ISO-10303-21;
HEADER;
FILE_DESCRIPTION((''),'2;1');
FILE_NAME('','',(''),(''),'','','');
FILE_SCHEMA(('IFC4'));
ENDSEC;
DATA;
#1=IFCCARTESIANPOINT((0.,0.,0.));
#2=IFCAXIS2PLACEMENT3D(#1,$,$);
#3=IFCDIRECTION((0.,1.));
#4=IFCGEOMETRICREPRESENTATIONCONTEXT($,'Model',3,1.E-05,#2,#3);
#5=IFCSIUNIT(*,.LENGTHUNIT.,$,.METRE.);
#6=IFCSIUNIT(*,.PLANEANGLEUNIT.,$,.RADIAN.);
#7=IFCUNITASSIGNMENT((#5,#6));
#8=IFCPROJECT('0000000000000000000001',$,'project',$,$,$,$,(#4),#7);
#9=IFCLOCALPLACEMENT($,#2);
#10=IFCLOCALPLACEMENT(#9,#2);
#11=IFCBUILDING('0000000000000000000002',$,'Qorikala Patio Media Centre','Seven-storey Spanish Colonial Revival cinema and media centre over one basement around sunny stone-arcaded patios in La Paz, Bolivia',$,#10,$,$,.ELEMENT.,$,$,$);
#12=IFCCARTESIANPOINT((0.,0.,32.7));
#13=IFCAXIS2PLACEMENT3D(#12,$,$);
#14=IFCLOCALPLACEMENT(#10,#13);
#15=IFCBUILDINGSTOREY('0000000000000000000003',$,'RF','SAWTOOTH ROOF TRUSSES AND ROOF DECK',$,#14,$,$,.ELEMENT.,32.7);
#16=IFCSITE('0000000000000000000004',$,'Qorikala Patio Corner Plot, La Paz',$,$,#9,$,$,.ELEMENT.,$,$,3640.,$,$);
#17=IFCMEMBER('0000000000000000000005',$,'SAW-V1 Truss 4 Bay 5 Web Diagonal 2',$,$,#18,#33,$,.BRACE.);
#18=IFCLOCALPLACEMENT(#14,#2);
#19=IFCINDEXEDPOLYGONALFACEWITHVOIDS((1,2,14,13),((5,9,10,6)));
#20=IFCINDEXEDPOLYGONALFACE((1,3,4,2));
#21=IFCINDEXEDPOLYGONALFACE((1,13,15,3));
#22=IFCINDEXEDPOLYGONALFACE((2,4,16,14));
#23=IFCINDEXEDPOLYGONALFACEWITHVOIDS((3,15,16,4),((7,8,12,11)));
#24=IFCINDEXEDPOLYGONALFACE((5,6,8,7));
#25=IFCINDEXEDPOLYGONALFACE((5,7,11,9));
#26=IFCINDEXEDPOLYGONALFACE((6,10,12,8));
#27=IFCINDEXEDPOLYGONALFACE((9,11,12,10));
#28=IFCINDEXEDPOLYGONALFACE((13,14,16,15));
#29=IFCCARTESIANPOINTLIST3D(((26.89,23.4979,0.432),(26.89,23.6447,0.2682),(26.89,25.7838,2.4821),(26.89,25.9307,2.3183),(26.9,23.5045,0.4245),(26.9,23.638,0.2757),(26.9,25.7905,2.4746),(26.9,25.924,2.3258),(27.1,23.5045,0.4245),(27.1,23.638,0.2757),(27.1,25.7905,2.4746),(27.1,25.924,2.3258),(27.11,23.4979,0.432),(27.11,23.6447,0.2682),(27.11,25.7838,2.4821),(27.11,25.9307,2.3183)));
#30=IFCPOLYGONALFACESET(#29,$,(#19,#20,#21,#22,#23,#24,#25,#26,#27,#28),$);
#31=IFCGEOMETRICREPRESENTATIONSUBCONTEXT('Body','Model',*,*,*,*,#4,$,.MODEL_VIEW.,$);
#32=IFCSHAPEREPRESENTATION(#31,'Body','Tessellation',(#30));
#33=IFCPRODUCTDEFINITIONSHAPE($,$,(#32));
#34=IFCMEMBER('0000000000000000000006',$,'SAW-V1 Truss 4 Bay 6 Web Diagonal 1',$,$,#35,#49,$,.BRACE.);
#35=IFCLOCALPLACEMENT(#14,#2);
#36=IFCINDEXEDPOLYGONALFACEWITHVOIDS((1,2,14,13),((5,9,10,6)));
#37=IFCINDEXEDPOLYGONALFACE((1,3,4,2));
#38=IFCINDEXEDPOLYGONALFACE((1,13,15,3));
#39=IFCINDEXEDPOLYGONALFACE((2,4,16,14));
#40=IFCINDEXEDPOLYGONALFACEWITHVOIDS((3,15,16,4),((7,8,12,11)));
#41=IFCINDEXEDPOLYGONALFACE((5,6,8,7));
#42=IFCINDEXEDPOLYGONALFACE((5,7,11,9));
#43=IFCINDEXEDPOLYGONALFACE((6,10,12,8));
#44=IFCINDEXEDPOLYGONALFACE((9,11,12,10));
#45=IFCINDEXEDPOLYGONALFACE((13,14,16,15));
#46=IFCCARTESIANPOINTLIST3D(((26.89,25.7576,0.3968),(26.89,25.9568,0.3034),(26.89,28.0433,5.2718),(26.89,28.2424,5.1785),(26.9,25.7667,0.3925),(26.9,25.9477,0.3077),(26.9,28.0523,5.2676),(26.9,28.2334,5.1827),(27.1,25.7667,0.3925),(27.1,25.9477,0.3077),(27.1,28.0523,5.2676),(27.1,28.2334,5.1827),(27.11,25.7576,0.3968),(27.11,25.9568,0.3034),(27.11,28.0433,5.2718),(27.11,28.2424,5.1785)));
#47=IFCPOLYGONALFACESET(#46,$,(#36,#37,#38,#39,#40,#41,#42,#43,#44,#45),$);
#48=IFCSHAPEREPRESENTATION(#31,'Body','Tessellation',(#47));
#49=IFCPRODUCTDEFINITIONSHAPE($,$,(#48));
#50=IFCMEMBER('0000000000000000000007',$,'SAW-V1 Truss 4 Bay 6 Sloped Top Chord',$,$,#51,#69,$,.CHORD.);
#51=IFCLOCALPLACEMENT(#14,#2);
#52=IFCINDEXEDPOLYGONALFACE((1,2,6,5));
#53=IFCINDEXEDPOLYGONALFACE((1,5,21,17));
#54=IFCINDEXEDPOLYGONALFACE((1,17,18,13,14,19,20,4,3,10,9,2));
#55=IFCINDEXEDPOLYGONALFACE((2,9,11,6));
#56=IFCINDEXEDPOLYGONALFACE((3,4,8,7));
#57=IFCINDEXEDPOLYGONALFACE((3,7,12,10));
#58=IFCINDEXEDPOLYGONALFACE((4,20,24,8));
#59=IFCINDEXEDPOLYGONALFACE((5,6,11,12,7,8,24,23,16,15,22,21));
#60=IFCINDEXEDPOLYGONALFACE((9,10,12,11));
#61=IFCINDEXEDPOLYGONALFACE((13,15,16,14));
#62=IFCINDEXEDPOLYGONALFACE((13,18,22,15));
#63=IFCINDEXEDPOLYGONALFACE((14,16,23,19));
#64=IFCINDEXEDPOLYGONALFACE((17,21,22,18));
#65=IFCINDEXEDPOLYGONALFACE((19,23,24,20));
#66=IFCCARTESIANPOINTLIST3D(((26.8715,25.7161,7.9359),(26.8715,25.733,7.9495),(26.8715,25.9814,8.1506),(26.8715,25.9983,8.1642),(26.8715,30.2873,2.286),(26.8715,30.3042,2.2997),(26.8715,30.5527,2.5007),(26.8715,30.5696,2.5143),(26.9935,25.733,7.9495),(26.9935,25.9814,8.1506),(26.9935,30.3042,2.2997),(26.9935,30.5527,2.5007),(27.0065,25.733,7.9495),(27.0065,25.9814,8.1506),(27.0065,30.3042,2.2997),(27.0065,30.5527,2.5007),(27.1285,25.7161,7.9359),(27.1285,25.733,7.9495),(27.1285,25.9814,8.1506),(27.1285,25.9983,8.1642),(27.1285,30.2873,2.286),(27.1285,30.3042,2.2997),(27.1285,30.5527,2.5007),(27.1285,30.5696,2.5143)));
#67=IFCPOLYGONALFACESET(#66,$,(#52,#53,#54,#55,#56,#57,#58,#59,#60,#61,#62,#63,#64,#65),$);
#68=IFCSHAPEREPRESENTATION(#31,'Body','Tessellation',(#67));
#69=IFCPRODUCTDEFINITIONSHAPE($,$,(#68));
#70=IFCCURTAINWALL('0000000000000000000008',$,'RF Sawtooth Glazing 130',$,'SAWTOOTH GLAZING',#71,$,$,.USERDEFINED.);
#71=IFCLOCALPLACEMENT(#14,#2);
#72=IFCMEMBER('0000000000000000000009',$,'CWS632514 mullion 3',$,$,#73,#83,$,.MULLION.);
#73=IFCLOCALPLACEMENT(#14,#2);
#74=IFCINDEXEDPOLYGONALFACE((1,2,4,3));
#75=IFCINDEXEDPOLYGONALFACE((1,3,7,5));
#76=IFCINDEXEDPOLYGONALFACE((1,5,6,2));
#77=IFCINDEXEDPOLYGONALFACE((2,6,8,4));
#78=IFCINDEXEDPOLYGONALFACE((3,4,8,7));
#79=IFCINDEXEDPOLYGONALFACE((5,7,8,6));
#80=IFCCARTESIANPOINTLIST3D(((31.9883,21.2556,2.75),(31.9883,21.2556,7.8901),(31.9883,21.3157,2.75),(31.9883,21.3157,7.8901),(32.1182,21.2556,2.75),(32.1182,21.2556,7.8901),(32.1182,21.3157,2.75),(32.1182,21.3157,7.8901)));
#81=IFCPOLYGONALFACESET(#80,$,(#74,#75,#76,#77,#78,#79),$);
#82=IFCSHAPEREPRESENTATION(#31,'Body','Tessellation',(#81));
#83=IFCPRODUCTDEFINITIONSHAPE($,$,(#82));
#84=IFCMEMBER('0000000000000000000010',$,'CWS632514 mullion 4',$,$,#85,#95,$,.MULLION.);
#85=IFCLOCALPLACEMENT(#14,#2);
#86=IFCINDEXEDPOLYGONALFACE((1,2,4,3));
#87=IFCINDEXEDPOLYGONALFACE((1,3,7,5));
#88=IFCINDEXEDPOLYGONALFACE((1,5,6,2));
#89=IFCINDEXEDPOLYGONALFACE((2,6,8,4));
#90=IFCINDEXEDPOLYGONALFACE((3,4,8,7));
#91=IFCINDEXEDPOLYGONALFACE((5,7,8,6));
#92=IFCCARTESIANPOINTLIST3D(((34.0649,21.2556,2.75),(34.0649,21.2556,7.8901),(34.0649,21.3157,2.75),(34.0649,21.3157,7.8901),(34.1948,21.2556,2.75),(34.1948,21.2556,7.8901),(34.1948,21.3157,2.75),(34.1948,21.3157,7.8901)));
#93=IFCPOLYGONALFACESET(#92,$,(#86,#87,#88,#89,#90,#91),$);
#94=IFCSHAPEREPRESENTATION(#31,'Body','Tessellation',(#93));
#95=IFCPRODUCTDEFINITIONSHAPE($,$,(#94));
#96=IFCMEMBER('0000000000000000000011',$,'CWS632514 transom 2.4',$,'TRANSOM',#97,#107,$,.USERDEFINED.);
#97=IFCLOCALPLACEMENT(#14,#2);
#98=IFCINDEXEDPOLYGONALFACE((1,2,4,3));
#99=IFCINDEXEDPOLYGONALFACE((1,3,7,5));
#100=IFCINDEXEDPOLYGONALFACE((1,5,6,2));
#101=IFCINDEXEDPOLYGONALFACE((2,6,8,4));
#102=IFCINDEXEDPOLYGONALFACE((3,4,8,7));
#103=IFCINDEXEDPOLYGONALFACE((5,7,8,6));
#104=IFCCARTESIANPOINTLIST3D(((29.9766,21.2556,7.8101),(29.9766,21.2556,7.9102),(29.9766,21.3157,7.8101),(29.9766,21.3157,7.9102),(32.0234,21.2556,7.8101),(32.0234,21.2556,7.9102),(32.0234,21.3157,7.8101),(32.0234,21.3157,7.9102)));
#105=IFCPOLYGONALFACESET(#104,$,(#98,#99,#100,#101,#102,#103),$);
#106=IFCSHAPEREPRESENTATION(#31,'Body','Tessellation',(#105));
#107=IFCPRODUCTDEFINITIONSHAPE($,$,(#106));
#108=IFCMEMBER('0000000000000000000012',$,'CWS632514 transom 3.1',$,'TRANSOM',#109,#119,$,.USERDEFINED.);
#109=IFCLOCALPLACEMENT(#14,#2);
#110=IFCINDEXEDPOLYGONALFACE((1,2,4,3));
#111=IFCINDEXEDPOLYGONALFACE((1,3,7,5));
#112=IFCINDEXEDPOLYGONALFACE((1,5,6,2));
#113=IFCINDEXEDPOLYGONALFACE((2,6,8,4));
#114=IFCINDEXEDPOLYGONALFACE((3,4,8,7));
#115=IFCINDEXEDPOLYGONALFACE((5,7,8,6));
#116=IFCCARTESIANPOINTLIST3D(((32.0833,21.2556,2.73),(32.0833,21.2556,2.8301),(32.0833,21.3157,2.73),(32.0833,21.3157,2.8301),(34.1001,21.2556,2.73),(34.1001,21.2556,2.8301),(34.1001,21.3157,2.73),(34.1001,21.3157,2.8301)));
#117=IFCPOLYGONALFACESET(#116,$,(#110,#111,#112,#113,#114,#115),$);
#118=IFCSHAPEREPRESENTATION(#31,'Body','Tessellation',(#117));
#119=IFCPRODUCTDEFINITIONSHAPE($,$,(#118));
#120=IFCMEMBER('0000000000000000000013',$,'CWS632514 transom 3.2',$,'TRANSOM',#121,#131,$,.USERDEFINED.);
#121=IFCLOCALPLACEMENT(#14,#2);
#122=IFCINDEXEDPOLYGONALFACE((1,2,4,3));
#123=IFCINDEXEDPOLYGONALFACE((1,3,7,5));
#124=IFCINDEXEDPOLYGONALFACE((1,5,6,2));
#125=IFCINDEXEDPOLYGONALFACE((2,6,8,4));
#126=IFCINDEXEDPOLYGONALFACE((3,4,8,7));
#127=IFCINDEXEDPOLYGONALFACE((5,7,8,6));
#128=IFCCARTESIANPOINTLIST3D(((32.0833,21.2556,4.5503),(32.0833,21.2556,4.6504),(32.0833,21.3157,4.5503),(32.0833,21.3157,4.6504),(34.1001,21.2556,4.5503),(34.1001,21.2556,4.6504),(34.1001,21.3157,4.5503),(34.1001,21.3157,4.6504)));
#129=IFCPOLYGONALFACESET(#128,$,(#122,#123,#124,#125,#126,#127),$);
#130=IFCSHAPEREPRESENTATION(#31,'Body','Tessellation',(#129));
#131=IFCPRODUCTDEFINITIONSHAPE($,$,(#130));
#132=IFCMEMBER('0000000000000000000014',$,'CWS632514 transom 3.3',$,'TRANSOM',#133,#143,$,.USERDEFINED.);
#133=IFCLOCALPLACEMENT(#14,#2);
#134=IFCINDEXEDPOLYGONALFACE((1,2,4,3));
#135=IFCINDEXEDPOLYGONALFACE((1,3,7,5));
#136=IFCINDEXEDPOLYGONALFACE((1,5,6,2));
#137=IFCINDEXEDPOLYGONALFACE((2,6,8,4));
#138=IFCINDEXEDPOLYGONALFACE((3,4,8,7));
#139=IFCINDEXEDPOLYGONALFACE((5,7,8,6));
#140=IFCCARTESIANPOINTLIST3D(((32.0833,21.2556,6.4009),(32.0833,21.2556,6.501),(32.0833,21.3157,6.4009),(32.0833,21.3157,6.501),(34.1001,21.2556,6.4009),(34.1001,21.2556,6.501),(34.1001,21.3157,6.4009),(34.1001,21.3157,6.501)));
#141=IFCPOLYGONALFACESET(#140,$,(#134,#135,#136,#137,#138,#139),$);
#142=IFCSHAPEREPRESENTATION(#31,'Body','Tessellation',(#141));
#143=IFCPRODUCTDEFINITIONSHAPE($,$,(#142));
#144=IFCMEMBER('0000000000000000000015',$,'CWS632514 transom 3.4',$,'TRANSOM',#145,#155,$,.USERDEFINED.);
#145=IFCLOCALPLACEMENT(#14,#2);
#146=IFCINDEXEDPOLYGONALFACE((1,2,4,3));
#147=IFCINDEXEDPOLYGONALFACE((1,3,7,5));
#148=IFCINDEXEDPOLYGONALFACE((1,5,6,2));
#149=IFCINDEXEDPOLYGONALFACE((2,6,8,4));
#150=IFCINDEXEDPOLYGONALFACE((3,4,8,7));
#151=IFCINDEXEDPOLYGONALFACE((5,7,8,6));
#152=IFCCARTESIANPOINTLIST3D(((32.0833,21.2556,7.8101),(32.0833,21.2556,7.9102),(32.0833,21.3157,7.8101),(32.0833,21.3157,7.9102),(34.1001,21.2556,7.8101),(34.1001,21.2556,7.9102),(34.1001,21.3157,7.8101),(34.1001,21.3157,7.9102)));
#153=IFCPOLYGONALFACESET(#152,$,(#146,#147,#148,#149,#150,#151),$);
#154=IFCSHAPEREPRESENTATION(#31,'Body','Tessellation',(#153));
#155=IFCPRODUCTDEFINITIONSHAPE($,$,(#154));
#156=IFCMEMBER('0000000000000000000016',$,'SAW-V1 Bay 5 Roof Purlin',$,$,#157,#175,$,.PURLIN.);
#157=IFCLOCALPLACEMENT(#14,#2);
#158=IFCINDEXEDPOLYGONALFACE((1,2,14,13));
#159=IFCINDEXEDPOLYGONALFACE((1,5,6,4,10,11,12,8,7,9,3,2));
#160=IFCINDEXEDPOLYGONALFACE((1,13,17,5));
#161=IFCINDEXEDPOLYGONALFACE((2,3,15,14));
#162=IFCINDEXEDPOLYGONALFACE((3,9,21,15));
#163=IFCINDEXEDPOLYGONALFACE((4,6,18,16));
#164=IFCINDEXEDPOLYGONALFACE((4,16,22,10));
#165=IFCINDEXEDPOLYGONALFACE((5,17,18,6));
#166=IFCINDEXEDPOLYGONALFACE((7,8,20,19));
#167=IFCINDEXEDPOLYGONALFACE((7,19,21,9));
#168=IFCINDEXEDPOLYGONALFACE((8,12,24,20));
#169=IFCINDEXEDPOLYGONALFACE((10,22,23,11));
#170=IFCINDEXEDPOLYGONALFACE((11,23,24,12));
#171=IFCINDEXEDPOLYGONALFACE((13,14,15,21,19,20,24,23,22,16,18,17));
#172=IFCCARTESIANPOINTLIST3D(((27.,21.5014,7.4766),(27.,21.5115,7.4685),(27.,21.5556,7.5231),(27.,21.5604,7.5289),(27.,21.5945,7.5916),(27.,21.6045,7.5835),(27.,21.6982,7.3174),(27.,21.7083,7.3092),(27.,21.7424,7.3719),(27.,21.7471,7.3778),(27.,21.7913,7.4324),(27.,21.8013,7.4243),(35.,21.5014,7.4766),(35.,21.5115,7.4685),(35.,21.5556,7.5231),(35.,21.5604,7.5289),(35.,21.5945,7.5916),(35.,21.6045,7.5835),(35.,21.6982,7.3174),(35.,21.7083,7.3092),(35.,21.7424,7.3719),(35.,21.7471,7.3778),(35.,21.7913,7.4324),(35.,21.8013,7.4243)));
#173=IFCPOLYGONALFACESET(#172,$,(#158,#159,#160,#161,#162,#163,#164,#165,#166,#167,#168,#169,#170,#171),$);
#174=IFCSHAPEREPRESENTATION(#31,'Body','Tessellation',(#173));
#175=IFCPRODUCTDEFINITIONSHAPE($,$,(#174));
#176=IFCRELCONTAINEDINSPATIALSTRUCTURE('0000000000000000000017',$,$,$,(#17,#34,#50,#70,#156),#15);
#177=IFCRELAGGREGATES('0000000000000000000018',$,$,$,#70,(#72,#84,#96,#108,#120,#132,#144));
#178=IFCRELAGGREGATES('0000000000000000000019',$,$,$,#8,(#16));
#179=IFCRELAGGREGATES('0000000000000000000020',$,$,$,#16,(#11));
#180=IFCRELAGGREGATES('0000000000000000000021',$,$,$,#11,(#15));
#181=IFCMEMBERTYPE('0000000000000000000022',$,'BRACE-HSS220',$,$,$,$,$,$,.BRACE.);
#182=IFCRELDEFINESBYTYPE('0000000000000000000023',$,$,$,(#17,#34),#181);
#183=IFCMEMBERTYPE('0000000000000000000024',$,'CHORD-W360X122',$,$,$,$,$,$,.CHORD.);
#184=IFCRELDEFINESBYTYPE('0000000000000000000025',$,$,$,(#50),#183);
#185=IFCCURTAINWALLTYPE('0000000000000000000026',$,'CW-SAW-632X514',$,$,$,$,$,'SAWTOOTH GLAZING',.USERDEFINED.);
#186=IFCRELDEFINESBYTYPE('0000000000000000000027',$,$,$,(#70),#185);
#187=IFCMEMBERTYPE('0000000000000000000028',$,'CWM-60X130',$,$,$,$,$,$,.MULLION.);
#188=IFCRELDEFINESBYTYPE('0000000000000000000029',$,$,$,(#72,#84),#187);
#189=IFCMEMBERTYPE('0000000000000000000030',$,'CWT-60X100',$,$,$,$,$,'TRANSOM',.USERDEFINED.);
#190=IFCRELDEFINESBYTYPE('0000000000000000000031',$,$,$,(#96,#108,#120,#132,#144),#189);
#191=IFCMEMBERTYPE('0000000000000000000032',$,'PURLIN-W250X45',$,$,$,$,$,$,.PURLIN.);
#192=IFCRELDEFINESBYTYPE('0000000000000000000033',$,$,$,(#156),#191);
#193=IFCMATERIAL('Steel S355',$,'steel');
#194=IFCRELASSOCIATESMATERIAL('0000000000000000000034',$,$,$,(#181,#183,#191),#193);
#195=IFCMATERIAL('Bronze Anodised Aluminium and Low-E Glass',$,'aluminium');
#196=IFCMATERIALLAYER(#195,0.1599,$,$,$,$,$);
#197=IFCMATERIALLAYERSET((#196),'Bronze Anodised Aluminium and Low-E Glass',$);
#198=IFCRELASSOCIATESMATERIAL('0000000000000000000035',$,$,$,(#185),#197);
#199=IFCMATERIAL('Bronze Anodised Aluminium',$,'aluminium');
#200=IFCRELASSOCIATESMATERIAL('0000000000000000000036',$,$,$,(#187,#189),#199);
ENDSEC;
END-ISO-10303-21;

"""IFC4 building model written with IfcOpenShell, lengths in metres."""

from ifc_helpers import new_model, si_unit, direction, frame, origin, origin_2d, place, context, subcontext, project, spatial, rectangle, hollow_rectangle, i_section, extrude, material, layer, layer_set, material_profile, profile_set, type_object, element, aggregate, save


model = new_model("IFC4")

# Units and contexts
model_context = context("Model", 3, precision=1e-05, world=origin(), true_north=direction((0.0, 1.0)))
body_context = subcontext(model_context, "Body", "Model", "MODEL_VIEW")
ifc_project = project(units=[si_unit("LENGTHUNIT", "METRE"), si_unit("PLANEANGLEUNIT", "RADIAN")], contexts=[model_context])

# Site, building, storey
site_placement = place(None, origin())
site = spatial("IfcSite", under=ifc_project, at=site_placement, Name="Qorikala Patio Corner Plot, La Paz", CompositionType="ELEMENT", RefElevation=3640.0)
building_placement = place(site_placement, origin())
building = spatial("IfcBuilding", under=site, at=building_placement, Name="Qorikala Patio Media Centre", Description="Seven-storey Spanish Colonial Revival cinema and media centre over one basement around sunny stone-arcaded patios in La Paz, Bolivia", CompositionType="ELEMENT")
storey_placement = place(building_placement, frame((0.0, 0.0, 32.7)))
storey = spatial("IfcBuildingStorey", under=building, at=storey_placement, Name="RF", Description="SAWTOOTH ROOF TRUSSES AND ROOF DECK", CompositionType="ELEMENT", Elevation=32.7)

# Members
ifc_material_1 = material(Name="Steel S355", Category="steel")
ifc_material_profile_1 = material_profile(ifc_material_1, hollow_rectangle(XDim=0.22, YDim=0.22, WallThickness=0.01, at=origin_2d()), Name="HSS220X220X10")
ifc_profile_set_1 = profile_set([ifc_material_profile_1], Name="Steel S355")
member_type_1 = type_object("IfcMemberType", Name="BRACE-HSS220", PredefinedType="BRACE", material=ifc_profile_set_1)
member_1_placement = place(storey_placement, frame((27.0, 23.5713, 0.3501), z_axis=(0.0, 0.744467, 0.667659), x_axis=(-1.0, 0.0, 0.0)))
element("IfcMember", 1, at=member_1_placement, inside=storey, type_object=member_type_1, Name="SAW-V1 Truss 4 Bay 5 Web Diagonal 2", PredefinedType="BRACE", context=body_context, shape_type="SweptSolid", body=[
    extrude(hollow_rectangle(XDim=0.22, YDim=0.22, WallThickness=0.01, at=origin_2d()), origin(), (0.0, 0.0, 1.0), 3.0706),
])
member_2_placement = place(storey_placement, frame((27.0, 25.8572, 0.3501), z_axis=(0.0, 0.424508, 0.905424), x_axis=(-1.0, 0.0, 0.0)))
element("IfcMember", 2, at=member_2_placement, inside=storey, type_object=member_type_1, Name="SAW-V1 Truss 4 Bay 6 Web Diagonal 1", PredefinedType="BRACE", context=body_context, shape_type="SweptSolid", body=[
    extrude(hollow_rectangle(XDim=0.22, YDim=0.22, WallThickness=0.01, at=origin_2d()), origin(), (0.0, 0.0, 1.0), 5.3843),
])
ifc_material_profile_2 = material_profile(ifc_material_1, i_section(OverallWidth=0.2571, OverallDepth=0.363, WebThickness=0.0129, FlangeThickness=0.0217, at=origin_2d()), Name="W360X122")
ifc_profile_set_2 = profile_set([ifc_material_profile_2], Name="Steel S355")
member_type_2 = type_object("IfcMemberType", Name="CHORD-W360X122", PredefinedType="CHORD", material=ifc_profile_set_2)
member_3_placement = place(storey_placement, frame((27.0, 25.8572, 8.05), z_axis=(0.0, 0.628995, -0.777409), x_axis=(-1.0, 0.0, 0.0)))
element("IfcMember", 3, at=member_3_placement, inside=storey, type_object=member_type_2, Name="SAW-V1 Truss 4 Bay 6 Sloped Top Chord", PredefinedType="CHORD", context=body_context, shape_type="SweptSolid", body=[
    extrude(i_section(OverallWidth=0.2571, OverallDepth=0.363, WebThickness=0.0129, FlangeThickness=0.0217, at=origin_2d()), origin(), (0.0, 0.0, 1.0), 7.2676),
])

# Curtain wall, members
ifc_material_2 = material(Name="Bronze Anodised Aluminium and Low-E Glass", Category="aluminium")
ifc_layer_1 = layer(ifc_material_2, 0.1599)
ifc_layer_set_1 = layer_set([ifc_layer_1], Name="Bronze Anodised Aluminium and Low-E Glass")
curtain_wall_type = type_object("IfcCurtainWallType", Name="CW-SAW-632X514", ElementType="SAWTOOTH GLAZING", PredefinedType="USERDEFINED", material=ifc_layer_set_1)
curtain_wall_placement = place(storey_placement, origin())
curtain_wall = element("IfcCurtainWall", 4, at=curtain_wall_placement, inside=storey, type_object=curtain_wall_type, Name="RF Sawtooth Glazing 130", ObjectType="SAWTOOTH GLAZING", PredefinedType="USERDEFINED")
ifc_material_3 = material(Name="Bronze Anodised Aluminium", Category="aluminium")
ifc_material_profile_3 = material_profile(ifc_material_3, rectangle(XDim=0.0601, YDim=0.1299, at=origin_2d()), Name="ALU MULLION 60x130")
ifc_profile_set_3 = profile_set([ifc_material_profile_3], Name="Bronze Anodised Aluminium")
member_type_3 = type_object("IfcMemberType", Name="CWM-60X130", PredefinedType="MULLION", material=ifc_profile_set_3)
member_4_placement = place(storey_placement, frame((32.0532, 21.2856, 2.75), z_axis=(0.0, 0.0, 1.0), x_axis=(0.0, 1.0, 0.0)))
member_4 = element("IfcMember", 5, at=member_4_placement, type_object=member_type_3, Name="CWS632514 mullion 3", PredefinedType="MULLION", context=body_context, shape_type="SweptSolid", body=[
    extrude(rectangle(XDim=0.0601, YDim=0.1299, at=origin_2d()), origin(), (0.0, 0.0, 1.0), 5.1401),
])
member_5_placement = place(storey_placement, frame((34.1299, 21.2856, 2.75), z_axis=(0.0, 0.0, 1.0), x_axis=(0.0, 1.0, 0.0)))
member_5 = element("IfcMember", 6, at=member_5_placement, type_object=member_type_3, Name="CWS632514 mullion 4", PredefinedType="MULLION", context=body_context, shape_type="SweptSolid", body=[
    extrude(rectangle(XDim=0.0601, YDim=0.1299, at=origin_2d()), origin(), (0.0, 0.0, 1.0), 5.1401),
])
ifc_material_profile_4 = material_profile(ifc_material_3, rectangle(XDim=0.0601, YDim=0.1001, at=origin_2d()), Name="ALU TRANSOM 60x100")
ifc_profile_set_4 = profile_set([ifc_material_profile_4], Name="Bronze Anodised Aluminium")
member_type_4 = type_object("IfcMemberType", Name="CWT-60X100", ElementType="TRANSOM", PredefinedType="USERDEFINED", material=ifc_profile_set_4)
member_6_placement = place(storey_placement, frame((29.9766, 21.2856, 7.8601), z_axis=(1.0, 0.0, 0.0), x_axis=(0.0, 1.0, 0.0)))
member_6 = element("IfcMember", 7, at=member_6_placement, type_object=member_type_4, Name="CWS632514 transom 2.4", ObjectType="TRANSOM", PredefinedType="USERDEFINED", context=body_context, shape_type="SweptSolid", body=[
    extrude(rectangle(XDim=0.0601, YDim=0.1001, at=origin_2d()), origin(), (0.0, 0.0, 1.0), 2.0469),
])
member_7_placement = place(storey_placement, frame((32.0833, 21.2856, 2.78), z_axis=(1.0, 0.0, 0.0), x_axis=(0.0, 1.0, 0.0)))
member_7 = element("IfcMember", 8, at=member_7_placement, type_object=member_type_4, Name="CWS632514 transom 3.1", ObjectType="TRANSOM", PredefinedType="USERDEFINED", context=body_context, shape_type="SweptSolid", body=[
    extrude(rectangle(XDim=0.0601, YDim=0.1001, at=origin_2d()), origin(), (0.0, 0.0, 1.0), 2.0168),
])
member_8_placement = place(storey_placement, frame((32.0833, 21.2856, 4.6003), z_axis=(1.0, 0.0, 0.0), x_axis=(0.0, 1.0, 0.0)))
member_8 = element("IfcMember", 9, at=member_8_placement, type_object=member_type_4, Name="CWS632514 transom 3.2", ObjectType="TRANSOM", PredefinedType="USERDEFINED", context=body_context, shape_type="SweptSolid", body=[
    extrude(rectangle(XDim=0.0601, YDim=0.1001, at=origin_2d()), origin(), (0.0, 0.0, 1.0), 2.0168),
])
member_9_placement = place(storey_placement, frame((32.0833, 21.2856, 6.4509), z_axis=(1.0, 0.0, 0.0), x_axis=(0.0, 1.0, 0.0)))
member_9 = element("IfcMember", 10, at=member_9_placement, type_object=member_type_4, Name="CWS632514 transom 3.3", ObjectType="TRANSOM", PredefinedType="USERDEFINED", context=body_context, shape_type="SweptSolid", body=[
    extrude(rectangle(XDim=0.0601, YDim=0.1001, at=origin_2d()), origin(), (0.0, 0.0, 1.0), 2.0168),
])
member_10_placement = place(storey_placement, frame((32.0833, 21.2856, 7.8601), z_axis=(1.0, 0.0, 0.0), x_axis=(0.0, 1.0, 0.0)))
member_10 = element("IfcMember", 11, at=member_10_placement, type_object=member_type_4, Name="CWS632514 transom 3.4", ObjectType="TRANSOM", PredefinedType="USERDEFINED", context=body_context, shape_type="SweptSolid", body=[
    extrude(rectangle(XDim=0.0601, YDim=0.1001, at=origin_2d()), origin(), (0.0, 0.0, 1.0), 2.0168),
])

# Member
ifc_material_profile_5 = material_profile(ifc_material_1, i_section(OverallWidth=0.1479, OverallDepth=0.2661, WebThickness=0.0076, FlangeThickness=0.0129, at=origin_2d()), Name="W250X45")
ifc_profile_set_5 = profile_set([ifc_material_profile_5], Name="Steel S355")
member_type_5 = type_object("IfcMemberType", Name="PURLIN-W250X45", PredefinedType="PURLIN", material=ifc_profile_set_5)
for number, where, z_axis, x_axis, name in (
    (12, (27.0, 21.6514, 7.4504), (1.0, 0.0, 0.0), (0.0, 0.628995, 0.77741), "SAW-V1 Bay 5 Roof Purlin"),
):
    element("IfcMember", number, at=place(storey_placement, frame(where, z_axis=z_axis, x_axis=x_axis)), inside=storey, type_object=member_type_5, Name=name, PredefinedType="PURLIN", context=body_context, shape_type="SweptSolid", body=[
        extrude(i_section(OverallWidth=0.1479, OverallDepth=0.2661, WebThickness=0.0076, FlangeThickness=0.0129, at=origin_2d()), origin(), (0.0, 0.0, 1.0), 8.0),
    ])

aggregate(curtain_wall, [member_4, member_5, member_6, member_7, member_8, member_9, member_10])

save(model, "model.ifc")
